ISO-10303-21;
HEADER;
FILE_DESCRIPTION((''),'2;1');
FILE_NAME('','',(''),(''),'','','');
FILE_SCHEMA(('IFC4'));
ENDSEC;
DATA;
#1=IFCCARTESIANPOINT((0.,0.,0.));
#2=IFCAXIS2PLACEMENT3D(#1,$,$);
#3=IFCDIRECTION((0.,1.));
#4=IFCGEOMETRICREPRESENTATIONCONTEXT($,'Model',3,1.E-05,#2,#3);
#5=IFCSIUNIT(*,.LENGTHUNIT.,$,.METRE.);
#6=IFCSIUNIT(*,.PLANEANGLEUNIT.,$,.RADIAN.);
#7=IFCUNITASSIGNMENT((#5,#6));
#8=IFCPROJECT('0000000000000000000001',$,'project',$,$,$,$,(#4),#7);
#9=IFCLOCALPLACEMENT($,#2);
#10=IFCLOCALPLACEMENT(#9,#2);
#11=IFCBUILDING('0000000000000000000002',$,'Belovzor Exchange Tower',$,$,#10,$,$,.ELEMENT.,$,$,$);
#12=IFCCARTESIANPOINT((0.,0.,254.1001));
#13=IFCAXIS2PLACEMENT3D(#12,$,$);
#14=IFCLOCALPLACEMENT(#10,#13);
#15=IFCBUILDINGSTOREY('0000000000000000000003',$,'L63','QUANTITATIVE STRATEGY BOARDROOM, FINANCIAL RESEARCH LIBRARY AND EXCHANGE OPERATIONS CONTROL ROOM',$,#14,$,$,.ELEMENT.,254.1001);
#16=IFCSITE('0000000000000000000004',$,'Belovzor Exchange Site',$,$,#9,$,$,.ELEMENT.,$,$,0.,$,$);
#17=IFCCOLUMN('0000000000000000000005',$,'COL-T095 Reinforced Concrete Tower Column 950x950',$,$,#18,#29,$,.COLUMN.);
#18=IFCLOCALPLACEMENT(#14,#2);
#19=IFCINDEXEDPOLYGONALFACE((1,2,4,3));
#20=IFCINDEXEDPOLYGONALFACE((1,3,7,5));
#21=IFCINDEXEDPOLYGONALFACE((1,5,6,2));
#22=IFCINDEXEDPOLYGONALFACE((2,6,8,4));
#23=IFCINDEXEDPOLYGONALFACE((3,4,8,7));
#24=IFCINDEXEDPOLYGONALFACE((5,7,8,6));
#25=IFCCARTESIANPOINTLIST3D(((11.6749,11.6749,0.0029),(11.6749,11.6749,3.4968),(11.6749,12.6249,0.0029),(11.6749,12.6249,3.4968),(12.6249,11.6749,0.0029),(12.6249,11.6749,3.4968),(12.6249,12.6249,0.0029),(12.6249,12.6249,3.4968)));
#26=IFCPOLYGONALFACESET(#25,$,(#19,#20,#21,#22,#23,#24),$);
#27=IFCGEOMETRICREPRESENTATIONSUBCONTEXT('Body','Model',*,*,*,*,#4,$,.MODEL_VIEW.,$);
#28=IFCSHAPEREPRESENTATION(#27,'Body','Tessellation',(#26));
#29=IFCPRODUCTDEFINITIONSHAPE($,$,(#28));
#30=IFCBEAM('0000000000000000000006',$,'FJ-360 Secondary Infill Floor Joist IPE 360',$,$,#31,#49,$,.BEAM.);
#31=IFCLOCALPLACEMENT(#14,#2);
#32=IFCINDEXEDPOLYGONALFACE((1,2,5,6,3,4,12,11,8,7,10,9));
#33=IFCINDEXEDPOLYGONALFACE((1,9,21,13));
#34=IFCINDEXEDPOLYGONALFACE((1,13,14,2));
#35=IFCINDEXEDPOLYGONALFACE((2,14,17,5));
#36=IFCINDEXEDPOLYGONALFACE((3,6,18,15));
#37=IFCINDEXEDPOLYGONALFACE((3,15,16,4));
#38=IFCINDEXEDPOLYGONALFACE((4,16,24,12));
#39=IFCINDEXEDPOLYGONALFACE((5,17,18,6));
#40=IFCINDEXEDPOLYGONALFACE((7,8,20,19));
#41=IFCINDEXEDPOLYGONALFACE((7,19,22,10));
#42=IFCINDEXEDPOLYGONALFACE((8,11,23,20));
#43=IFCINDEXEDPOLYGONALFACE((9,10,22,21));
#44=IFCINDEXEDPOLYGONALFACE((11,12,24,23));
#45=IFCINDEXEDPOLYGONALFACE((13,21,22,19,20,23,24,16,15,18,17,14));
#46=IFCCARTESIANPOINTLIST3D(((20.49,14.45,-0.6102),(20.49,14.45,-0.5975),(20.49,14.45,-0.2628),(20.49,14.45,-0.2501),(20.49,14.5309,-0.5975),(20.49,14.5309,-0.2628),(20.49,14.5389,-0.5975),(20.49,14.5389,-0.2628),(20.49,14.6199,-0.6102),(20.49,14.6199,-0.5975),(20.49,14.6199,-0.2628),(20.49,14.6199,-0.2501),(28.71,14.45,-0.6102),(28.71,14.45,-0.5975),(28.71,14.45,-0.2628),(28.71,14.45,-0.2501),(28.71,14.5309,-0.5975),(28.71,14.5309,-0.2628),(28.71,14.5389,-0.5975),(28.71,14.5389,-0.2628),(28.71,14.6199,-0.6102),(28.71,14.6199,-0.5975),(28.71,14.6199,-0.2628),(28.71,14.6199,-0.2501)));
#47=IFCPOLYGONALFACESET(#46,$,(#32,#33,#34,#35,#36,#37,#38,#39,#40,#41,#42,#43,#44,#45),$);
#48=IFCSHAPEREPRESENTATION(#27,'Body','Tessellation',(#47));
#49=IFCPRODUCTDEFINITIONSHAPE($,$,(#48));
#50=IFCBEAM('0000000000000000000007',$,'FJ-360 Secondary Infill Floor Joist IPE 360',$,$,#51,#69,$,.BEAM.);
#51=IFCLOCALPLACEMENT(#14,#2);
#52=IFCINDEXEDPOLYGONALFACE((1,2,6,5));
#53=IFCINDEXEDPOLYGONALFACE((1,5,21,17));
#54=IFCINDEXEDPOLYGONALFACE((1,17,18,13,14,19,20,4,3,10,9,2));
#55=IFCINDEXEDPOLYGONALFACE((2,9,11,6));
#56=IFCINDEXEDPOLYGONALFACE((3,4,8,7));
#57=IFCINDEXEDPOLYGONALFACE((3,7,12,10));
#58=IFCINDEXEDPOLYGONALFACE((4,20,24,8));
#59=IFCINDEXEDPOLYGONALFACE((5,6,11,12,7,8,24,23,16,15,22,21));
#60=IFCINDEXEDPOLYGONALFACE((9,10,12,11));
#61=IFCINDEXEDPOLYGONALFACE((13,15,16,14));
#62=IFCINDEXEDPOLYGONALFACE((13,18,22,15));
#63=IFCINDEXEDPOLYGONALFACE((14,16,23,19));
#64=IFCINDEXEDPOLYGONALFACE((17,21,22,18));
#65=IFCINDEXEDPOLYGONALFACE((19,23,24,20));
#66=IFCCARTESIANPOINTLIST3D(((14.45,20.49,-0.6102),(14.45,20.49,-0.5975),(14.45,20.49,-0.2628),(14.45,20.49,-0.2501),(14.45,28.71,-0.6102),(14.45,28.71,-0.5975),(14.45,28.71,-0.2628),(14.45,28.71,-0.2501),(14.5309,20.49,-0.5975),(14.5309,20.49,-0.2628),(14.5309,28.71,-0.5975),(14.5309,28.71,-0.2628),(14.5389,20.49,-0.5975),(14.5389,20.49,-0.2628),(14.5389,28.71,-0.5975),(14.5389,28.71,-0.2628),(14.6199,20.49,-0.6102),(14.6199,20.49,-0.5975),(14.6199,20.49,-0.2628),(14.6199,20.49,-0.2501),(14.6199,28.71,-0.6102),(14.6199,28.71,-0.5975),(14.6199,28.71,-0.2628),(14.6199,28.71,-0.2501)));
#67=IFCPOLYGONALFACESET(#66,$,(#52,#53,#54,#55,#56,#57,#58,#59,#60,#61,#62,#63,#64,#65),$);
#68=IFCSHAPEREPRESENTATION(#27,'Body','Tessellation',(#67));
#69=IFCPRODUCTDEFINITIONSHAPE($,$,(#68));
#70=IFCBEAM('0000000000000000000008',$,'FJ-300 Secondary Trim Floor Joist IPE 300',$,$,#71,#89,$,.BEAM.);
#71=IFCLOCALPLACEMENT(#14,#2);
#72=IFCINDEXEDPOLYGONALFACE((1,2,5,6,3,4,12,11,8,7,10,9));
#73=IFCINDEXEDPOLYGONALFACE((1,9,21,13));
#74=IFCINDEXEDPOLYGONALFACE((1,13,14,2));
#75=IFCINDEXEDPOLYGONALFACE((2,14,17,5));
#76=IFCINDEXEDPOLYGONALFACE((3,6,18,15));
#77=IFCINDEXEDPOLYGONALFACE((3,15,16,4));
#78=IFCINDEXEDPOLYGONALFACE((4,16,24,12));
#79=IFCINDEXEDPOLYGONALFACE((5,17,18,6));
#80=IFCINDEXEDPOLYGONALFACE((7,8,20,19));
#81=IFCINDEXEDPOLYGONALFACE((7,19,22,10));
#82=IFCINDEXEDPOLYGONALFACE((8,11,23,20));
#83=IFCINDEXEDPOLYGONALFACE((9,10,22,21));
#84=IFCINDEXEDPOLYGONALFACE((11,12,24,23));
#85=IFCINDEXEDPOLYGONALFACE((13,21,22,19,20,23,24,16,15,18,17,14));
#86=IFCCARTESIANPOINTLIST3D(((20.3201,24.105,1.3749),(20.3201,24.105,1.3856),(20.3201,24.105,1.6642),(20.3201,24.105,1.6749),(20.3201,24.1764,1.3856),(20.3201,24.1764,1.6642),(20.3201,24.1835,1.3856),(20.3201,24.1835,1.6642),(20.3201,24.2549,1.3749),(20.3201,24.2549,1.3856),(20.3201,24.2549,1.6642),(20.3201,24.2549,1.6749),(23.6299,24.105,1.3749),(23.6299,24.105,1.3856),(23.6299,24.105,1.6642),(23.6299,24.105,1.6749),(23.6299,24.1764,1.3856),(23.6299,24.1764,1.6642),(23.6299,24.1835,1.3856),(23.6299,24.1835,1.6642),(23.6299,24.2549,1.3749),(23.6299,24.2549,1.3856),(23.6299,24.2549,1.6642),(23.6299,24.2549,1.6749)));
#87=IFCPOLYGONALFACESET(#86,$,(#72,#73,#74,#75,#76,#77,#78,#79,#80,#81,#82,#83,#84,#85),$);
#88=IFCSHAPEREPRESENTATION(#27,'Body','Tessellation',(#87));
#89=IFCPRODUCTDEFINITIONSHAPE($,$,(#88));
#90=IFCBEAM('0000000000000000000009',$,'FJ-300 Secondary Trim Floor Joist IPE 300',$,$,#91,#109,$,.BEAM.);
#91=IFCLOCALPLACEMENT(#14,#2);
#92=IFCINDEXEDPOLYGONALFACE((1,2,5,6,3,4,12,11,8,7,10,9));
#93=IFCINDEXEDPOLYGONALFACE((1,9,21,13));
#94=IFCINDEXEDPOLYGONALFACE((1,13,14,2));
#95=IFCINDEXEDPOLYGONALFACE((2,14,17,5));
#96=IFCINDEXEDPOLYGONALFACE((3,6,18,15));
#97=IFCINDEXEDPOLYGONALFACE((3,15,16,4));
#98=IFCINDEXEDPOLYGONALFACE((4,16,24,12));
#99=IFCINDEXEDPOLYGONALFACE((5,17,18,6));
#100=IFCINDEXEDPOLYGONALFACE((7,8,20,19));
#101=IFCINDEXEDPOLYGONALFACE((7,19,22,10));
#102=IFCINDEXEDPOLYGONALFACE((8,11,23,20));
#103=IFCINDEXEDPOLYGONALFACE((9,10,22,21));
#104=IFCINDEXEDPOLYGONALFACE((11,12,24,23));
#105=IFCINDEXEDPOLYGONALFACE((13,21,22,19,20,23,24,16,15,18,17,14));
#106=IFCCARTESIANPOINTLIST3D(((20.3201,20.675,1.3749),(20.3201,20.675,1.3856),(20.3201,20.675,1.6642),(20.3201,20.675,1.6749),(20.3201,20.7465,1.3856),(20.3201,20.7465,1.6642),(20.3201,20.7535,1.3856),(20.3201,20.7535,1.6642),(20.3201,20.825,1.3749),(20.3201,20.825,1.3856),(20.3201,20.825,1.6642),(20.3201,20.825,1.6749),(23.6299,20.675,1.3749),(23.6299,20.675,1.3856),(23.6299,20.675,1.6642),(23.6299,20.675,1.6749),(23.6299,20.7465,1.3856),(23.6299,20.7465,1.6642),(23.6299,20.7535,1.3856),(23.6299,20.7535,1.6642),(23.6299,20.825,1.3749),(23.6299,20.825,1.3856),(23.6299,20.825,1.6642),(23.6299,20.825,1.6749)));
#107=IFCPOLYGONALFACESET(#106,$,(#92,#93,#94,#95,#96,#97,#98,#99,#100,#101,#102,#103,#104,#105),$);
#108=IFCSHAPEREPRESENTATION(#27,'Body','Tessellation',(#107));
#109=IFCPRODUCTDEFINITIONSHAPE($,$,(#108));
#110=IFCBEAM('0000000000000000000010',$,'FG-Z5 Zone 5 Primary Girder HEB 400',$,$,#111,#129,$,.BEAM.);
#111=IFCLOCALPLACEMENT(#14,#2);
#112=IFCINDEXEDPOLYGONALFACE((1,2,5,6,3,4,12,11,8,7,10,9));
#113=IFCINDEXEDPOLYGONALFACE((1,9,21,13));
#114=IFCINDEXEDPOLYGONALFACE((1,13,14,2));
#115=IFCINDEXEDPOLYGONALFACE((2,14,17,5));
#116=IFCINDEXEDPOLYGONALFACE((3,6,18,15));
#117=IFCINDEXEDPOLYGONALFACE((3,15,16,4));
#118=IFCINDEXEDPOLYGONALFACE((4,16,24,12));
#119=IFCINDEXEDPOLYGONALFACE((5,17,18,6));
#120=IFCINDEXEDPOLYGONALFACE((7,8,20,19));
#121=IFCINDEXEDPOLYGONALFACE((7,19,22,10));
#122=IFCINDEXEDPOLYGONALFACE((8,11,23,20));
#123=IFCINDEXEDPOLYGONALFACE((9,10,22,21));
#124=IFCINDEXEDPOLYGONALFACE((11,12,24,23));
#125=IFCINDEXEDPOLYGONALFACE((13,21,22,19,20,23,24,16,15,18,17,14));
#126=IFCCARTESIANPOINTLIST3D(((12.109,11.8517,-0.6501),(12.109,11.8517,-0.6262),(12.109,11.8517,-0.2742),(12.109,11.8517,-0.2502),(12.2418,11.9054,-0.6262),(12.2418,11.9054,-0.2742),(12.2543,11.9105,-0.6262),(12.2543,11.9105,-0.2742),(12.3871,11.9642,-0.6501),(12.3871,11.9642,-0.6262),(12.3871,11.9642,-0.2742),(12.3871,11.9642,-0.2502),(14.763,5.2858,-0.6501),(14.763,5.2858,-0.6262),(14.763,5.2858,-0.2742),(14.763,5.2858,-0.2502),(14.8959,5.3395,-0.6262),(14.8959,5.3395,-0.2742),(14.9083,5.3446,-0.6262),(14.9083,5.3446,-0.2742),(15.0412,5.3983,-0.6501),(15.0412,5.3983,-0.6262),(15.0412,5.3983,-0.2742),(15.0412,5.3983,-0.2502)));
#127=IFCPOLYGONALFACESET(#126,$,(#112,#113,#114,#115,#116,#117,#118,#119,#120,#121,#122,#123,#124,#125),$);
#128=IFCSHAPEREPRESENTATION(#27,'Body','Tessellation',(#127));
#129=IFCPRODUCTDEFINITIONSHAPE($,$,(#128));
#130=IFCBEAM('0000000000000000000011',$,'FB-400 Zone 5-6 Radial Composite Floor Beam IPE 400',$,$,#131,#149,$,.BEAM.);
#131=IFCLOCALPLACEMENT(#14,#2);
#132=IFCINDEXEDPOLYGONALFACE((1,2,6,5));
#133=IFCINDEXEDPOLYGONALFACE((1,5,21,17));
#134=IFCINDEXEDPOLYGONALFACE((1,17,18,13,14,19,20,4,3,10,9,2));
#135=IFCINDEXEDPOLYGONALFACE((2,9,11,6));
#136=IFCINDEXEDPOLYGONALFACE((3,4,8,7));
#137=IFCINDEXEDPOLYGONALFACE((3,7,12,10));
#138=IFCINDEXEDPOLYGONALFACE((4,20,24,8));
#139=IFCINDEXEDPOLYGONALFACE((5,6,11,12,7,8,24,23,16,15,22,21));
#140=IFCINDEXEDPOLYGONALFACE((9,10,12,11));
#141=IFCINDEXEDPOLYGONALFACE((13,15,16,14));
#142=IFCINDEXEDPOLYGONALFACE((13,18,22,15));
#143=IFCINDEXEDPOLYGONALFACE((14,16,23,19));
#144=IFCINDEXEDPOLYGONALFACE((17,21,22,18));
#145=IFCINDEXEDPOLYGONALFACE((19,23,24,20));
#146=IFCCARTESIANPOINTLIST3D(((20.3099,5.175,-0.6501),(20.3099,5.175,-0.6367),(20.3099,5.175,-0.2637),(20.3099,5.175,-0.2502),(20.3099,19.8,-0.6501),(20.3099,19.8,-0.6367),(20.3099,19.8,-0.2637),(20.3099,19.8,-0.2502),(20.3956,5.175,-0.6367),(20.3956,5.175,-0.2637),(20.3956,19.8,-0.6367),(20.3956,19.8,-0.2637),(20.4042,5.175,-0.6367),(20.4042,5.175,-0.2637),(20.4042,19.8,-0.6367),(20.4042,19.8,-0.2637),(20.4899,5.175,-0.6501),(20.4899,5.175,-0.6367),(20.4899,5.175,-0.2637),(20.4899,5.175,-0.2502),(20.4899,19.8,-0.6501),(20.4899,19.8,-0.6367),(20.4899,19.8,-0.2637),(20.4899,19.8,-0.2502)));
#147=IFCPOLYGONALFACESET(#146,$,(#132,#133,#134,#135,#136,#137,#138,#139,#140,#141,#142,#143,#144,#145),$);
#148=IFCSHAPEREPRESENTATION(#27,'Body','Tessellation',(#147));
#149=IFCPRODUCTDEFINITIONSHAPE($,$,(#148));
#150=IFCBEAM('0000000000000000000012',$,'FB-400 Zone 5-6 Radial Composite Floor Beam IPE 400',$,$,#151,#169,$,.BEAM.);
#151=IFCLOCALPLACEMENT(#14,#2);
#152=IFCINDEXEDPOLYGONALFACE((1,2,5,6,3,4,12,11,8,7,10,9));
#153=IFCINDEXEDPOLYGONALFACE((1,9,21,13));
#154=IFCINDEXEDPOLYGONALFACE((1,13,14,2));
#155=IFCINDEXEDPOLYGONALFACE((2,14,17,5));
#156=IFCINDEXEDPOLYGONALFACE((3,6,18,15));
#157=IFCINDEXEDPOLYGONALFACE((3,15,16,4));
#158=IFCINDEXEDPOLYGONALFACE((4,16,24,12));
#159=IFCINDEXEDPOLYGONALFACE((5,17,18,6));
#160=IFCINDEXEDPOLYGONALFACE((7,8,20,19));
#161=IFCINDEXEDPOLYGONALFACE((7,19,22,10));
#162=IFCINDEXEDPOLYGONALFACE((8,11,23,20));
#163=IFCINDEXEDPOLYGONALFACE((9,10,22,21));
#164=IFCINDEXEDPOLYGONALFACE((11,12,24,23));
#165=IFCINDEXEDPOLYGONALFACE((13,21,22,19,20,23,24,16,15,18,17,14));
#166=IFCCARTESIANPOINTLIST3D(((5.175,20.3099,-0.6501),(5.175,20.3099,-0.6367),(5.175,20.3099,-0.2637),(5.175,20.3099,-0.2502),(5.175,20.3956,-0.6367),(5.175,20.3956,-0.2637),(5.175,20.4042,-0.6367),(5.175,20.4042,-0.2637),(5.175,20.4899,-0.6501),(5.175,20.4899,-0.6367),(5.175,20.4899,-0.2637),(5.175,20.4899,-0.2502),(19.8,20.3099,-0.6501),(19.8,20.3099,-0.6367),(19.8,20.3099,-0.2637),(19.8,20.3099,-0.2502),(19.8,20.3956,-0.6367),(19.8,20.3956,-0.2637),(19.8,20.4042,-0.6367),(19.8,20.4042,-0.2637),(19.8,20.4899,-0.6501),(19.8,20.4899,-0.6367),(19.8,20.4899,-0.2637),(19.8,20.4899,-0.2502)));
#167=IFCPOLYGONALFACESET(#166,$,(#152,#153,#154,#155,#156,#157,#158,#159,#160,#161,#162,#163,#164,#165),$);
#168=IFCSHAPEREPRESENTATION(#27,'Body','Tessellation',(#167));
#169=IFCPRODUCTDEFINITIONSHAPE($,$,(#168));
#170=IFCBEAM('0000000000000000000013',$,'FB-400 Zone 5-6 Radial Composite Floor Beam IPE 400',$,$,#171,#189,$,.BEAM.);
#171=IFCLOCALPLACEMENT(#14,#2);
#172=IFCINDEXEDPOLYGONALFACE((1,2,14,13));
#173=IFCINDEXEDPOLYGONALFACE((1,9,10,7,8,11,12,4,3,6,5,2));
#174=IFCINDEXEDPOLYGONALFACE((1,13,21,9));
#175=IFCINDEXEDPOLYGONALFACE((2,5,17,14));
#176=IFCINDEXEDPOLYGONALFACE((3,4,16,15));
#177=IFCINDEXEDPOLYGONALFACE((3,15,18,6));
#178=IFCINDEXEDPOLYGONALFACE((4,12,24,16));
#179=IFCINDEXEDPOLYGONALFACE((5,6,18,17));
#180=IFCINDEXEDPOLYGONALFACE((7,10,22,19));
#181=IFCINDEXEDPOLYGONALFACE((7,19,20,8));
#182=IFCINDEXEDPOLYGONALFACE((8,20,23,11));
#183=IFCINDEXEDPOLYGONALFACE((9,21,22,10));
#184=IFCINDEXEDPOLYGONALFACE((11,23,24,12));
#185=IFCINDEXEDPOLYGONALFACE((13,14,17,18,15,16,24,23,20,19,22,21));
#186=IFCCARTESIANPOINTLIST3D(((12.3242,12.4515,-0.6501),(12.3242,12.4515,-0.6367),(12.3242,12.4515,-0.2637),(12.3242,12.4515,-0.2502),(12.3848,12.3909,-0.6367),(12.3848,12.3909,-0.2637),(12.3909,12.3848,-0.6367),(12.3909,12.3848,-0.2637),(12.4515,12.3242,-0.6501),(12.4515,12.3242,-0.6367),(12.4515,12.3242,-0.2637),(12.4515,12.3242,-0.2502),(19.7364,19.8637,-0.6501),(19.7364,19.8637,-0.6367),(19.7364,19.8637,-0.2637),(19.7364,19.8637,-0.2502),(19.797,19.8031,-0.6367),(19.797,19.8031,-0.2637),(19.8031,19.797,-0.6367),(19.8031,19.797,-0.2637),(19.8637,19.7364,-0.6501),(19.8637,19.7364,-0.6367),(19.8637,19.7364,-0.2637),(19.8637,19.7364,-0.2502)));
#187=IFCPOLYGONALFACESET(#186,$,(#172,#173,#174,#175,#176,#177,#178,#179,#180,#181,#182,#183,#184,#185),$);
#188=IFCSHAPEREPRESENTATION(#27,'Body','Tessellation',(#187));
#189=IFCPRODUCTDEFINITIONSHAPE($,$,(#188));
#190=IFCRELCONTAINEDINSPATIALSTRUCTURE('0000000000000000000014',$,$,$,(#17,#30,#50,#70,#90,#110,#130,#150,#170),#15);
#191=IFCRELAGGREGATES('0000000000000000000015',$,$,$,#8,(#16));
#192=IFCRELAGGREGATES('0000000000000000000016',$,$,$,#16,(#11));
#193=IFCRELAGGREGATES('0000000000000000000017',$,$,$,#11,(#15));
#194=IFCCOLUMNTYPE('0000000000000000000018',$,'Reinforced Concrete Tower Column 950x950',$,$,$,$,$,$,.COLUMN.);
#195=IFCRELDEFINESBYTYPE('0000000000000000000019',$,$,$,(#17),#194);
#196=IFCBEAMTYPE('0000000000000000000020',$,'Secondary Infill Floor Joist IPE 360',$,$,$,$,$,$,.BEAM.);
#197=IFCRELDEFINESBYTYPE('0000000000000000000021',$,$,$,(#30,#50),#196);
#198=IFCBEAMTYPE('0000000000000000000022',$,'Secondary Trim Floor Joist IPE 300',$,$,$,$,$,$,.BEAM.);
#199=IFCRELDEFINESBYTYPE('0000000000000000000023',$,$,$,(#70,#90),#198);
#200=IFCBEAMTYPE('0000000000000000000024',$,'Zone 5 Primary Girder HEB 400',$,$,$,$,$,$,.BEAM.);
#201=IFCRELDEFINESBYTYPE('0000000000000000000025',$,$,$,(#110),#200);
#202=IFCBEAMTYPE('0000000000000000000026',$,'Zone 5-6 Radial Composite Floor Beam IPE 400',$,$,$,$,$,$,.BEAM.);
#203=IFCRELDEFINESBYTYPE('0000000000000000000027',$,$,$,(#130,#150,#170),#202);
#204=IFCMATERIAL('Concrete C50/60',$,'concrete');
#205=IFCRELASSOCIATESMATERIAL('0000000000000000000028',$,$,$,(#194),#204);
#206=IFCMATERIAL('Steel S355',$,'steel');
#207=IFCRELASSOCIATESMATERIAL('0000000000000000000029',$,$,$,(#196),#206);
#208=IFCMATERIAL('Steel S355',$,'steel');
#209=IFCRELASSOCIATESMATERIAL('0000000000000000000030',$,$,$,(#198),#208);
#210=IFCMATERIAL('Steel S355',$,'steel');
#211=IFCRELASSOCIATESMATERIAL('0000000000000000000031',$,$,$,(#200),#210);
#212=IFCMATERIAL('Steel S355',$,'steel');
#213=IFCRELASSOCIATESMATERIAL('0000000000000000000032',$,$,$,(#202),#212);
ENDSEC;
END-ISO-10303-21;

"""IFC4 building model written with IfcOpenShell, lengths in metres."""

from ifc_helpers import new_model, si_unit, direction, frame, origin, origin_2d, place, context, subcontext, project, spatial, rectangle, i_section, extrude, material, material_profile, profile_set, type_object, element, save


model = new_model("IFC4")

# Units and contexts
model_context = context("Model", 3, precision=1e-05, world=origin(), true_north=direction((0.0, 1.0)))
body_context = subcontext(model_context, "Body", "Model", "MODEL_VIEW")
ifc_project = project(units=[si_unit("LENGTHUNIT", "METRE"), si_unit("PLANEANGLEUNIT", "RADIAN")], contexts=[model_context])

# Site, building, storey
site_placement = place(None, origin())
site = spatial("IfcSite", under=ifc_project, at=site_placement, Name="Belovzor Exchange Site", CompositionType="ELEMENT", RefElevation=0.0)
building_placement = place(site_placement, origin())
building = spatial("IfcBuilding", under=site, at=building_placement, Name="Belovzor Exchange Tower", CompositionType="ELEMENT")
storey_placement = place(building_placement, frame((0.0, 0.0, 254.1001)))
storey = spatial("IfcBuildingStorey", under=building, at=storey_placement, Name="L63", Description="QUANTITATIVE STRATEGY BOARDROOM, FINANCIAL RESEARCH LIBRARY AND EXCHANGE OPERATIONS CONTROL ROOM", CompositionType="ELEMENT", Elevation=254.1001)

# Column
ifc_material_1 = material(Name="Concrete C50/60", Category="concrete")
ifc_material_profile_1 = material_profile(ifc_material_1, rectangle(XDim=0.95, YDim=0.95, at=origin_2d()))
ifc_profile_set_1 = profile_set([ifc_material_profile_1], Name="Concrete C50/60")
column_type = type_object("IfcColumnType", Name="Reinforced Concrete Tower Column 950x950", PredefinedType="COLUMN", material=ifc_profile_set_1)
column_placement = place(storey_placement, frame((12.1499, 12.1499, 0.0029), z_axis=(0.0, 0.0, 1.0), x_axis=(1.0, 0.0, 0.0)))
element("IfcColumn", 1, at=column_placement, inside=storey, type_object=column_type, Name="COL-T095 Reinforced Concrete Tower Column 950x950", PredefinedType="COLUMN", context=body_context, shape_type="SweptSolid", body=[
    extrude(rectangle(XDim=0.95, YDim=0.95, at=origin_2d()), origin(), (0.0, 0.0, 1.0), 3.4939),
])

# Beams
ifc_material_2 = material(Name="Steel S355", Category="steel")
ifc_material_profile_2 = material_profile(ifc_material_2, i_section(OverallWidth=0.1699, OverallDepth=0.3601, WebThickness=0.0081, FlangeThickness=0.0127, at=origin_2d()))
ifc_profile_set_2 = profile_set([ifc_material_profile_2], Name="Steel S355")
beam_type_1 = type_object("IfcBeamType", Name="Secondary Infill Floor Joist IPE 360", PredefinedType="BEAM", material=ifc_profile_set_2)
for number, where, z_axis, x_axis, name in (
    (2, (20.49, 14.5349, -0.4302), (1.0, 0.0, 0.0), (0.0, 1.0, 0.0), "FJ-360 Secondary Infill Floor Joist IPE 360"),
    (3, (14.5349, 20.49, -0.4302), (0.0, 1.0, 0.0), (-1.0, 0.0, 0.0), "FJ-360 Secondary Infill Floor Joist IPE 360"),
):
    element("IfcBeam", number, at=place(storey_placement, frame(where, z_axis=z_axis, x_axis=x_axis)), inside=storey, type_object=beam_type_1, Name=name, PredefinedType="BEAM", context=body_context, shape_type="SweptSolid", body=[
        extrude(i_section(OverallWidth=0.1699, OverallDepth=0.3601, WebThickness=0.0081, FlangeThickness=0.0127, at=origin_2d()), origin(), (0.0, 0.0, 1.0), 8.22),
    ])
ifc_material_3 = material(Name="Steel S355", Category="steel")
ifc_material_profile_3 = material_profile(ifc_material_3, i_section(OverallWidth=0.1499, OverallDepth=0.3, WebThickness=0.0071, FlangeThickness=0.0107, at=origin_2d()))
ifc_profile_set_3 = profile_set([ifc_material_profile_3], Name="Steel S355")
beam_type_2 = type_object("IfcBeamType", Name="Secondary Trim Floor Joist IPE 300", PredefinedType="BEAM", material=ifc_profile_set_3)
for number, where, z_axis, x_axis, name in (
    (4, (20.3201, 24.1799, 1.5249), (1.0, 0.0, 0.0), (0.0, 1.0, 0.0), "FJ-300 Secondary Trim Floor Joist IPE 300"),
    (5, (20.3201, 20.75, 1.5249), (1.0, 0.0, 0.0), (0.0, 1.0, 0.0), "FJ-300 Secondary Trim Floor Joist IPE 300"),
):
    element("IfcBeam", number, at=place(storey_placement, frame(where, z_axis=z_axis, x_axis=x_axis)), inside=storey, type_object=beam_type_2, Name=name, PredefinedType="BEAM", context=body_context, shape_type="SweptSolid", body=[
        extrude(i_section(OverallWidth=0.1499, OverallDepth=0.3, WebThickness=0.0071, FlangeThickness=0.0107, at=origin_2d()), origin(), (0.0, 0.0, 1.0), 3.3098),
    ])
ifc_material_4 = material(Name="Steel S355", Category="steel")
ifc_material_profile_4 = material_profile(ifc_material_4, i_section(OverallWidth=0.3, OverallDepth=0.3999, WebThickness=0.0134, FlangeThickness=0.0239, at=origin_2d()))
ifc_profile_set_4 = profile_set([ifc_material_profile_4], Name="Steel S355")
beam_type_3 = type_object("IfcBeamType", Name="Zone 5 Primary Girder HEB 400", PredefinedType="BEAM", material=ifc_profile_set_4)
beam_1_placement = place(storey_placement, frame((12.248, 11.908, -0.4502), z_axis=(0.374758, -0.927123, 0.0), x_axis=(0.927123, 0.374758, 0.0)))
element("IfcBeam", 6, at=beam_1_placement, inside=storey, type_object=beam_type_3, Name="FG-Z5 Zone 5 Primary Girder HEB 400", PredefinedType="BEAM", context=body_context, shape_type="SweptSolid", body=[
    extrude(i_section(OverallWidth=0.3, OverallDepth=0.3999, WebThickness=0.0134, FlangeThickness=0.0239, at=origin_2d()), origin(), (0.0, 0.0, 1.0), 7.082),
])
ifc_material_5 = material(Name="Steel S355", Category="steel")
ifc_material_profile_5 = material_profile(ifc_material_5, i_section(OverallWidth=0.1799, OverallDepth=0.3999, WebThickness=0.0085, FlangeThickness=0.0134, at=origin_2d()))
ifc_profile_set_5 = profile_set([ifc_material_profile_5], Name="Steel S355")
beam_type_4 = type_object("IfcBeamType", Name="Zone 5-6 Radial Composite Floor Beam IPE 400", PredefinedType="BEAM", material=ifc_profile_set_5)
for number, where, z_axis, x_axis, name in (
    (7, (20.3999, 19.8, -0.4502), (0.0, -1.0, 0.0), (1.0, 0.0, 0.0), "FB-400 Zone 5-6 Radial Composite Floor Beam IPE 400"),
    (8, (19.8, 20.3999, -0.4502), (-1.0, 0.0, 0.0), (0.0, -1.0, 0.0), "FB-400 Zone 5-6 Radial Composite Floor Beam IPE 400"),
):
    element("IfcBeam", number, at=place(storey_placement, frame(where, z_axis=z_axis, x_axis=x_axis)), inside=storey, type_object=beam_type_4, Name=name, PredefinedType="BEAM", context=body_context, shape_type="SweptSolid", body=[
        extrude(i_section(OverallWidth=0.1799, OverallDepth=0.3999, WebThickness=0.0085, FlangeThickness=0.0134, at=origin_2d()), origin(), (0.0, 0.0, 1.0), 14.625),
    ])
beam_2_placement = place(storey_placement, frame((19.8, 19.8, -0.4502), z_axis=(-0.707107, -0.707107, 0.0), x_axis=(0.707107, -0.707107, 0.0)))
element("IfcBeam", 9, at=beam_2_placement, inside=storey, type_object=beam_type_4, Name="FB-400 Zone 5-6 Radial Composite Floor Beam IPE 400", PredefinedType="BEAM", context=body_context, shape_type="SweptSolid", body=[
    extrude(i_section(OverallWidth=0.1799, OverallDepth=0.3999, WebThickness=0.0085, FlangeThickness=0.0134, at=origin_2d()), origin(), (0.0, 0.0, 1.0), 10.4824),
])

save(model, "model.ifc")
